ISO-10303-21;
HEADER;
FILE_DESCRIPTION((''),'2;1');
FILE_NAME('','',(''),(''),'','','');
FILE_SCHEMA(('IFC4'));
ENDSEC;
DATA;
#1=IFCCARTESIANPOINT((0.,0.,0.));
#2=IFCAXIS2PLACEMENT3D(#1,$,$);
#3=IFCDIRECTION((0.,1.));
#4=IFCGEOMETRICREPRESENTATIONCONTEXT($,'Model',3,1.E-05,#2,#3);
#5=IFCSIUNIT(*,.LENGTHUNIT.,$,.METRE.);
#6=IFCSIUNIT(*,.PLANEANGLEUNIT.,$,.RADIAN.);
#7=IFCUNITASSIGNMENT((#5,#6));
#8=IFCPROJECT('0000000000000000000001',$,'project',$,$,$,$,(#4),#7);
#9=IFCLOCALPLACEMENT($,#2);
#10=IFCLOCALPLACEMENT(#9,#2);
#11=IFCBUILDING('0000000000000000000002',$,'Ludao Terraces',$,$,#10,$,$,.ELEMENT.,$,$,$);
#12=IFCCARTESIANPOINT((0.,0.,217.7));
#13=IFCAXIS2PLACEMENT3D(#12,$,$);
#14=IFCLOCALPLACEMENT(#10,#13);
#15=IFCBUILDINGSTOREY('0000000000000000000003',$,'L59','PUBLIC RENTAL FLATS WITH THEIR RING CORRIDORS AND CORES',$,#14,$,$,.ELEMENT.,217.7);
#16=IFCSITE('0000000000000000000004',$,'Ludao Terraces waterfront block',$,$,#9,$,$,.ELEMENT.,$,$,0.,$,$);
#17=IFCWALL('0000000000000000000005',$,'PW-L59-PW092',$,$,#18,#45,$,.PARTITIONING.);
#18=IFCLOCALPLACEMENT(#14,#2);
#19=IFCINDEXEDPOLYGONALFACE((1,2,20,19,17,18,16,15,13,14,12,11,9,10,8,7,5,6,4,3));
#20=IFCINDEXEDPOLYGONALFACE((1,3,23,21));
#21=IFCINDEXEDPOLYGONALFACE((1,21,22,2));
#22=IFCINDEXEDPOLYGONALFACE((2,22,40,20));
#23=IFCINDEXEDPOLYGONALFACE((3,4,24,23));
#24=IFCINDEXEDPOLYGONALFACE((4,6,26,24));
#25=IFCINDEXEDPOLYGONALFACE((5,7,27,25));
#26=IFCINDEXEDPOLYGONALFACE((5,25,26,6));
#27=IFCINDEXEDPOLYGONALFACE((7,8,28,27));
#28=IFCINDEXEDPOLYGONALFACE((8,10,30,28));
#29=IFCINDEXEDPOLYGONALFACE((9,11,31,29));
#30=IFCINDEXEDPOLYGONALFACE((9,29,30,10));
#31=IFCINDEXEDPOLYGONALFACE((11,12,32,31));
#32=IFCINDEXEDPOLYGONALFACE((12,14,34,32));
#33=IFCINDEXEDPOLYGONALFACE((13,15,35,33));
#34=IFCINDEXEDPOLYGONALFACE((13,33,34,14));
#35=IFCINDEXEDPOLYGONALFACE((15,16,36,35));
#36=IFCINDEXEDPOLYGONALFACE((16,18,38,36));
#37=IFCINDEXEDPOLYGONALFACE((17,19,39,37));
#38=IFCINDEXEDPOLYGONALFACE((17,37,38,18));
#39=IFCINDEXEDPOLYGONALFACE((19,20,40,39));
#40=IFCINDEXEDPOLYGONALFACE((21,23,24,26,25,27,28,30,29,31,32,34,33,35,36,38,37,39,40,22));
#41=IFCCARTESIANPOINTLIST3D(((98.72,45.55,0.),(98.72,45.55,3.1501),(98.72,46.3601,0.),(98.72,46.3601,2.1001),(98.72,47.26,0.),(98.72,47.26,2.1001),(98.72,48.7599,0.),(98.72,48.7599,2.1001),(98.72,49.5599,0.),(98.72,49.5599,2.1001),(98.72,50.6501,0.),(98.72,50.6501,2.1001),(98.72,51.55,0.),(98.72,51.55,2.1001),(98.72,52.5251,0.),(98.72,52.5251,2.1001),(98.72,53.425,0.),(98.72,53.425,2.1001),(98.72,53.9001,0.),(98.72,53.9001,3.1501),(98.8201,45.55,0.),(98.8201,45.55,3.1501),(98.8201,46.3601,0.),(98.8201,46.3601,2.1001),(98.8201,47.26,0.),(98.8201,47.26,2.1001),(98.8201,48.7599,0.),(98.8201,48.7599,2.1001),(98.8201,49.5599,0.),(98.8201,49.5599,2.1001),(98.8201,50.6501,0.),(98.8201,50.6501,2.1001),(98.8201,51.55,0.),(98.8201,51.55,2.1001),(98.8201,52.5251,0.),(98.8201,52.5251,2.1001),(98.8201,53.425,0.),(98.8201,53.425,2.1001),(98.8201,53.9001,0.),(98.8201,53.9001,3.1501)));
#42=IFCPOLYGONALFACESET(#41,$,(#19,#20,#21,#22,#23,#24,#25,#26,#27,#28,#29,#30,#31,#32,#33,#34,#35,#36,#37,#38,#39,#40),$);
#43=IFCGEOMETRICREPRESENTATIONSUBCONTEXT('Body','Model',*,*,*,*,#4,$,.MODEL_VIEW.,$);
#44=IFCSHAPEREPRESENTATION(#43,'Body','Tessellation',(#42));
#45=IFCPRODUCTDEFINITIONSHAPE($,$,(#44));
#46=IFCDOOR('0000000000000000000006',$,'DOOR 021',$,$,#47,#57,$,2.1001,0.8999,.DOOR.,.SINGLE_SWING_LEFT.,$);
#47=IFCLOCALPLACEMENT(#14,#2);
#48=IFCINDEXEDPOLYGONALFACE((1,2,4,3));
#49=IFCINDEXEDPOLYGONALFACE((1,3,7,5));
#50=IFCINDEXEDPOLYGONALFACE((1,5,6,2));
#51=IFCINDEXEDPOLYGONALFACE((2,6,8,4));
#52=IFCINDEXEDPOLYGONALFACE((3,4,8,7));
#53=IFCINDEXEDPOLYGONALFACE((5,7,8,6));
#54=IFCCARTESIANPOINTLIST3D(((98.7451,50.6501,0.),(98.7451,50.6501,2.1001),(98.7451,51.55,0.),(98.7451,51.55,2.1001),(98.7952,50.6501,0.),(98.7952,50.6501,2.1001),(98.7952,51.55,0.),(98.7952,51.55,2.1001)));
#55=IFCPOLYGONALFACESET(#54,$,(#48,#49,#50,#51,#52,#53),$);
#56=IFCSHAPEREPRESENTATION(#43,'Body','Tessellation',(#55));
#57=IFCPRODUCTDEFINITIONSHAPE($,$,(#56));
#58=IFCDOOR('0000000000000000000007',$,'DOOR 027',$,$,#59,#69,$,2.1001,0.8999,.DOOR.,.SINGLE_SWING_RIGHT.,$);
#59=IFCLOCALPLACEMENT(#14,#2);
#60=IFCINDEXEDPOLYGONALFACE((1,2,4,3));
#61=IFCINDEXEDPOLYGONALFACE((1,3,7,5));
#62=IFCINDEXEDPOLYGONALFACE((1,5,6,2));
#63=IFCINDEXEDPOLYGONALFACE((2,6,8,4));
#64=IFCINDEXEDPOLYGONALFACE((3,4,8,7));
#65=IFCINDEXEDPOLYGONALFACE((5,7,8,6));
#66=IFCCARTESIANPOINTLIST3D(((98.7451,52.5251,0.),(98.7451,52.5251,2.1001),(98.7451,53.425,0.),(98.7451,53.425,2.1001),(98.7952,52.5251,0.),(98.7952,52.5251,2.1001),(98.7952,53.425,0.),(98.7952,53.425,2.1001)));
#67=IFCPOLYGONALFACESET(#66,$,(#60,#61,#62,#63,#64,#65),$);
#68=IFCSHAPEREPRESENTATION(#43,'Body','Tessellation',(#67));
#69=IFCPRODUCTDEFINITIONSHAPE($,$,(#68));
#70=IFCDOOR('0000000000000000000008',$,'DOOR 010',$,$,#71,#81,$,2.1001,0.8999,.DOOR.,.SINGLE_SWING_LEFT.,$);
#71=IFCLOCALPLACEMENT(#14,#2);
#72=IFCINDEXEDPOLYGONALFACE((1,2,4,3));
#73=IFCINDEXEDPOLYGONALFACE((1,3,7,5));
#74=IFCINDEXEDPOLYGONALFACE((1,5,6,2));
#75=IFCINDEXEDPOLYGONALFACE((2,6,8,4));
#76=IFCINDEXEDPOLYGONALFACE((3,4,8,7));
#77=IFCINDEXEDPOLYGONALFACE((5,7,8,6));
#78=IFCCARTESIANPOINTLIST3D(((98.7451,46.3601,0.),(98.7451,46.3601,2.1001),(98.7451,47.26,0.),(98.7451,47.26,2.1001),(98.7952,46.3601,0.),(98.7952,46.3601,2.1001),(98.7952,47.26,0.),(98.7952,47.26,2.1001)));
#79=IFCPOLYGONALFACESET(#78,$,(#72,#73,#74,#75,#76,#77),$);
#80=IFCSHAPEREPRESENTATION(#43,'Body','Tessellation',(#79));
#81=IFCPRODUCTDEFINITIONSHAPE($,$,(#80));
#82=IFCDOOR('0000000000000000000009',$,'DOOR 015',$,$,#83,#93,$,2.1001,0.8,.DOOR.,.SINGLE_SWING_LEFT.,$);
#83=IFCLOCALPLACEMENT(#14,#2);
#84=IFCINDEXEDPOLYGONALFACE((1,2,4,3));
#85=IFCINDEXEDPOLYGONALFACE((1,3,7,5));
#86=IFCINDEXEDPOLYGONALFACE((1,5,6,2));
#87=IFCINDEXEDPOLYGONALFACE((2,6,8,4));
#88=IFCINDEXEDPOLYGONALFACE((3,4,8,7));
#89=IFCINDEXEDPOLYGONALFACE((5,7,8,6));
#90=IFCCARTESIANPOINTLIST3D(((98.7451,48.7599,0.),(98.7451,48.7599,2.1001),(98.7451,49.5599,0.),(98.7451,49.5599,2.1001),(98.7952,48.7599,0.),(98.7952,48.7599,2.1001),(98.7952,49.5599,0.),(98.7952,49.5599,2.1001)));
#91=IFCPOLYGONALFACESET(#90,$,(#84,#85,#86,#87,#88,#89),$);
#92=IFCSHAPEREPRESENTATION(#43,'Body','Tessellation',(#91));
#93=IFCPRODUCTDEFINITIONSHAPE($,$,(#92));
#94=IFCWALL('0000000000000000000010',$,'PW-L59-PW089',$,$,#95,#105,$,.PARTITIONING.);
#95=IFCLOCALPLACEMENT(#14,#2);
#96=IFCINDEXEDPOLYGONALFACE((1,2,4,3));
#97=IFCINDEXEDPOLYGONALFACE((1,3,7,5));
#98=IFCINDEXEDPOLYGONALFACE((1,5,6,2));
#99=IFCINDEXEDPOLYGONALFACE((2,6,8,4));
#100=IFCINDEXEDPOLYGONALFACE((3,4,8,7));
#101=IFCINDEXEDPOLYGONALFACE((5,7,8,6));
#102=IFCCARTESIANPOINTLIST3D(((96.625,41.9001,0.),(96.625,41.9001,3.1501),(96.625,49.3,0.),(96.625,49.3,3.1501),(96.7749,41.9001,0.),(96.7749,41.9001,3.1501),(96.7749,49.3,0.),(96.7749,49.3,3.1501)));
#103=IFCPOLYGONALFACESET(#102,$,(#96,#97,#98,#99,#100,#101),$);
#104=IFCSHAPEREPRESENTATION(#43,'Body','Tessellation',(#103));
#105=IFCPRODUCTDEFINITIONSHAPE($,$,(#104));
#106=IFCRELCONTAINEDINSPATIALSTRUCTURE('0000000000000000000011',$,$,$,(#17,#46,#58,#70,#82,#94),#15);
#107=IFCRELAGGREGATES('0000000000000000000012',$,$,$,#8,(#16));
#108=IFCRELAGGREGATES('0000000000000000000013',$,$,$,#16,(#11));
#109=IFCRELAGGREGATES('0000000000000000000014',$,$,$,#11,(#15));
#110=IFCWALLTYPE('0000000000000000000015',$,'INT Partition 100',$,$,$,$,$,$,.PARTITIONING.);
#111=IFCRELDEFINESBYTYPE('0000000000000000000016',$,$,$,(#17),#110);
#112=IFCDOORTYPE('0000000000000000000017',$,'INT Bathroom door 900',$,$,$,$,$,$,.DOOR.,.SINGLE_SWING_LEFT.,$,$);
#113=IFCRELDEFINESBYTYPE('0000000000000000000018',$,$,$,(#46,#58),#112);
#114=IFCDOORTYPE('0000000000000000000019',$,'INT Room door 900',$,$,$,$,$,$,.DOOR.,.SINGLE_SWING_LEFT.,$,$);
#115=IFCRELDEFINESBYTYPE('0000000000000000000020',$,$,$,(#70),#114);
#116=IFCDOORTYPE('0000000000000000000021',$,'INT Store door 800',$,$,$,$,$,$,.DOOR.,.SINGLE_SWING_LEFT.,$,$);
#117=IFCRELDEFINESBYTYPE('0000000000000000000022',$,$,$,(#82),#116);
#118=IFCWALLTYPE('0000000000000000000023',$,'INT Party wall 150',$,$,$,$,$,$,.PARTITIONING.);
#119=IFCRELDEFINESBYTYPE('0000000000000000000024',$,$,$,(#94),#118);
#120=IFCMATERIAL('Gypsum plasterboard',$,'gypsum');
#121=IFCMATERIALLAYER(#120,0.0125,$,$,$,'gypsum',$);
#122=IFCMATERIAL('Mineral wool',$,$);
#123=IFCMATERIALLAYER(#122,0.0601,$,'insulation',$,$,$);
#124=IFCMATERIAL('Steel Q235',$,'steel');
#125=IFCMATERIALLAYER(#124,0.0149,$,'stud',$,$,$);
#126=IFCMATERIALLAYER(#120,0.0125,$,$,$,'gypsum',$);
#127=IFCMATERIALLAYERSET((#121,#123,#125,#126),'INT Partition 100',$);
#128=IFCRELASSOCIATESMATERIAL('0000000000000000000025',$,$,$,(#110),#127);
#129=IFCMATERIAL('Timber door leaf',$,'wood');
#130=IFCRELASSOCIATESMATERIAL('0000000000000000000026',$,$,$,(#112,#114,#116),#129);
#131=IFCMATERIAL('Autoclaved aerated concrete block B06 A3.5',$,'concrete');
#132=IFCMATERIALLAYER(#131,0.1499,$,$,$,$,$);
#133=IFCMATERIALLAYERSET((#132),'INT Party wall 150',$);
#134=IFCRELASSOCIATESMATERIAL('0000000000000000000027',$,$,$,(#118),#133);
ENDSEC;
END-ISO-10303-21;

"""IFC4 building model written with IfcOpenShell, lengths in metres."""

from ifc_helpers import new_model, si_unit, direction, frame, frame_2d, origin, place, context, subcontext, project, spatial, rectangle, extrude, material, layer, layer_set, type_object, element, fill, save


model = new_model("IFC4")

# Units and contexts
model_context = context("Model", 3, precision=1e-05, world=origin(), true_north=direction((0.0, 1.0)))
body_context = subcontext(model_context, "Body", "Model", "MODEL_VIEW")
ifc_project = project(units=[si_unit("LENGTHUNIT", "METRE"), si_unit("PLANEANGLEUNIT", "RADIAN")], contexts=[model_context])

# Site, building, storey
site_placement = place(None, origin())
site = spatial("IfcSite", under=ifc_project, at=site_placement, Name="Ludao Terraces waterfront block", CompositionType="ELEMENT", RefElevation=0.0)
building_placement = place(site_placement, origin())
building = spatial("IfcBuilding", under=site, at=building_placement, Name="Ludao Terraces", CompositionType="ELEMENT")
storey_placement = place(building_placement, frame((0.0, 0.0, 217.7)))
storey = spatial("IfcBuildingStorey", under=building, at=storey_placement, Name="L59", Description="PUBLIC RENTAL FLATS WITH THEIR RING CORRIDORS AND CORES", CompositionType="ELEMENT", Elevation=217.7)

# Wall, openings, doors
ifc_material_1 = material(Name="Gypsum plasterboard", Category="gypsum")
ifc_layer_1 = layer(ifc_material_1, 0.0125, Category="gypsum")
ifc_material_2 = material(Name="Mineral wool")
ifc_layer_2 = layer(ifc_material_2, 0.0601, Name="insulation")
ifc_material_3 = material(Name="Steel Q235", Category="steel")
ifc_layer_3 = layer(ifc_material_3, 0.0149, Name="stud")
ifc_layer_4 = layer(ifc_material_1, 0.0125, Category="gypsum")
ifc_layer_set_1 = layer_set([ifc_layer_1, ifc_layer_2, ifc_layer_3, ifc_layer_4], Name="INT Partition 100")
wall_type_1 = type_object("IfcWallType", Name="INT Partition 100", PredefinedType="PARTITIONING", material=ifc_layer_set_1)
wall_1_placement = place(storey_placement, frame((98.77, 45.55, 0.0), z_axis=(0.0, 0.0, 1.0), x_axis=(0.0, 1.0, 0.0)))
wall_1 = element("IfcWall", 1, at=wall_1_placement, inside=storey, type_object=wall_type_1, Name="PW-L59-PW092", PredefinedType="PARTITIONING", context=body_context, shape_type="SweptSolid", body=[
    extrude(rectangle(XDim=8.3501, YDim=0.1001, at=frame_2d((4.175, 0.0))), origin(), (0.0, 0.0, 1.0), 3.1501),
])
opening_1_placement = place(wall_1_placement, frame((0.8101, 0.0, 0.0)))
opening_1 = element("IfcOpeningElement", 2, at=opening_1_placement, cuts=wall_1, PredefinedType="OPENING", context=body_context, shape_type="SweptSolid", body=[
    extrude(rectangle(XDim=0.8999, YDim=2.1001, at=frame_2d((0.45, 1.05))), frame((0.0, 0.0601, 0.0), z_axis=(0.0, -1.0, 0.0), x_axis=(1.0, 0.0, 0.0)), (0.0, 0.0, 1.0), 0.1201),
])
opening_2_placement = place(wall_1_placement, frame((3.21, 0.0, 0.0)))
opening_2 = element("IfcOpeningElement", 3, at=opening_2_placement, cuts=wall_1, PredefinedType="OPENING", context=body_context, shape_type="SweptSolid", body=[
    extrude(rectangle(XDim=0.8, YDim=2.1001, at=frame_2d((0.3999, 1.05))), frame((0.0, 0.0601, 0.0), z_axis=(0.0, -1.0, 0.0), x_axis=(1.0, 0.0, 0.0)), (0.0, 0.0, 1.0), 0.1201),
])
opening_3_placement = place(wall_1_placement, frame((5.1001, 0.0, 0.0)))
opening_3 = element("IfcOpeningElement", 4, at=opening_3_placement, cuts=wall_1, PredefinedType="OPENING", context=body_context, shape_type="SweptSolid", body=[
    extrude(rectangle(XDim=0.8999, YDim=2.1001, at=frame_2d((0.45, 1.05))), frame((0.0, 0.0601, 0.0), z_axis=(0.0, -1.0, 0.0), x_axis=(1.0, 0.0, 0.0)), (0.0, 0.0, 1.0), 0.1201),
])
opening_4_placement = place(wall_1_placement, frame((6.9751, 0.0, 0.0)))
opening_4 = element("IfcOpeningElement", 5, at=opening_4_placement, cuts=wall_1, PredefinedType="OPENING", context=body_context, shape_type="SweptSolid", body=[
    extrude(rectangle(XDim=0.8999, YDim=2.1001, at=frame_2d((0.45, 1.05))), frame((0.0, 0.0601, 0.0), z_axis=(0.0, -1.0, 0.0), x_axis=(1.0, 0.0, 0.0)), (0.0, 0.0, 1.0), 0.1201),
])
ifc_material_4 = material(Name="Timber door leaf", Category="wood")
door_type_1 = type_object("IfcDoorType", Name="INT Bathroom door 900", OperationType="SINGLE_SWING_LEFT", PredefinedType="DOOR", material=ifc_material_4)
door_1_placement = place(opening_3_placement, origin())
door_1 = element("IfcDoor", 6, at=door_1_placement, inside=storey, type_object=door_type_1, Name="DOOR 021", OperationType="SINGLE_SWING_LEFT", OverallHeight=2.1001, OverallWidth=0.8999, PredefinedType="DOOR", context=body_context, shape_type="SweptSolid", body=[
    extrude(rectangle(XDim=0.8999, YDim=2.1001, at=frame_2d((0.45, 1.05))), frame((0.0, 0.0249, 0.0), z_axis=(0.0, -1.0, 0.0), x_axis=(1.0, 0.0, 0.0)), (0.0, 0.0, 1.0), 0.05),
])
fill(opening_3, door_1)
door_2_placement = place(opening_4_placement, origin())
door_2 = element("IfcDoor", 7, at=door_2_placement, inside=storey, type_object=door_type_1, Name="DOOR 027", OperationType="SINGLE_SWING_RIGHT", OverallHeight=2.1001, OverallWidth=0.8999, PredefinedType="DOOR", context=body_context, shape_type="SweptSolid", body=[
    extrude(rectangle(XDim=0.8999, YDim=2.1001, at=frame_2d((0.45, 1.05))), frame((0.0, 0.0249, 0.0), z_axis=(0.0, -1.0, 0.0), x_axis=(1.0, 0.0, 0.0)), (0.0, 0.0, 1.0), 0.05),
])
fill(opening_4, door_2)
door_type_2 = type_object("IfcDoorType", Name="INT Room door 900", OperationType="SINGLE_SWING_LEFT", PredefinedType="DOOR", material=ifc_material_4)
door_3_placement = place(opening_1_placement, origin())
door_3 = element("IfcDoor", 8, at=door_3_placement, inside=storey, type_object=door_type_2, Name="DOOR 010", OperationType="SINGLE_SWING_LEFT", OverallHeight=2.1001, OverallWidth=0.8999, PredefinedType="DOOR", context=body_context, shape_type="SweptSolid", body=[
    extrude(rectangle(XDim=0.8999, YDim=2.1001, at=frame_2d((0.45, 1.05))), frame((0.0, 0.0249, 0.0), z_axis=(0.0, -1.0, 0.0), x_axis=(1.0, 0.0, 0.0)), (0.0, 0.0, 1.0), 0.05),
])
fill(opening_1, door_3)
door_type_3 = type_object("IfcDoorType", Name="INT Store door 800", OperationType="SINGLE_SWING_LEFT", PredefinedType="DOOR", material=ifc_material_4)
door_4_placement = place(opening_2_placement, origin())
door_4 = element("IfcDoor", 9, at=door_4_placement, inside=storey, type_object=door_type_3, Name="DOOR 015", OperationType="SINGLE_SWING_LEFT", OverallHeight=2.1001, OverallWidth=0.8, PredefinedType="DOOR", context=body_context, shape_type="SweptSolid", body=[
    extrude(rectangle(XDim=0.8, YDim=2.1001, at=frame_2d((0.3999, 1.05))), frame((0.0, 0.0249, 0.0), z_axis=(0.0, -1.0, 0.0), x_axis=(1.0, 0.0, 0.0)), (0.0, 0.0, 1.0), 0.05),
])
fill(opening_2, door_4)

# Wall
ifc_material_5 = material(Name="Autoclaved aerated concrete block B06 A3.5", Category="concrete")
ifc_layer_5 = layer(ifc_material_5, 0.1499)
ifc_layer_set_2 = layer_set([ifc_layer_5], Name="INT Party wall 150")
wall_type_2 = type_object("IfcWallType", Name="INT Party wall 150", PredefinedType="PARTITIONING", material=ifc_layer_set_2)
wall_2_placement = place(storey_placement, frame((96.7, 41.9001, 0.0), z_axis=(0.0, 0.0, 1.0), x_axis=(0.0, 1.0, 0.0)))
element("IfcWall", 10, at=wall_2_placement, inside=storey, type_object=wall_type_2, Name="PW-L59-PW089", PredefinedType="PARTITIONING", context=body_context, shape_type="SweptSolid", body=[
    extrude(rectangle(XDim=7.3999, YDim=0.1499, at=frame_2d((3.7, 0.0))), origin(), (0.0, 0.0, 1.0), 3.1501),
])

save(model, "model.ifc")
